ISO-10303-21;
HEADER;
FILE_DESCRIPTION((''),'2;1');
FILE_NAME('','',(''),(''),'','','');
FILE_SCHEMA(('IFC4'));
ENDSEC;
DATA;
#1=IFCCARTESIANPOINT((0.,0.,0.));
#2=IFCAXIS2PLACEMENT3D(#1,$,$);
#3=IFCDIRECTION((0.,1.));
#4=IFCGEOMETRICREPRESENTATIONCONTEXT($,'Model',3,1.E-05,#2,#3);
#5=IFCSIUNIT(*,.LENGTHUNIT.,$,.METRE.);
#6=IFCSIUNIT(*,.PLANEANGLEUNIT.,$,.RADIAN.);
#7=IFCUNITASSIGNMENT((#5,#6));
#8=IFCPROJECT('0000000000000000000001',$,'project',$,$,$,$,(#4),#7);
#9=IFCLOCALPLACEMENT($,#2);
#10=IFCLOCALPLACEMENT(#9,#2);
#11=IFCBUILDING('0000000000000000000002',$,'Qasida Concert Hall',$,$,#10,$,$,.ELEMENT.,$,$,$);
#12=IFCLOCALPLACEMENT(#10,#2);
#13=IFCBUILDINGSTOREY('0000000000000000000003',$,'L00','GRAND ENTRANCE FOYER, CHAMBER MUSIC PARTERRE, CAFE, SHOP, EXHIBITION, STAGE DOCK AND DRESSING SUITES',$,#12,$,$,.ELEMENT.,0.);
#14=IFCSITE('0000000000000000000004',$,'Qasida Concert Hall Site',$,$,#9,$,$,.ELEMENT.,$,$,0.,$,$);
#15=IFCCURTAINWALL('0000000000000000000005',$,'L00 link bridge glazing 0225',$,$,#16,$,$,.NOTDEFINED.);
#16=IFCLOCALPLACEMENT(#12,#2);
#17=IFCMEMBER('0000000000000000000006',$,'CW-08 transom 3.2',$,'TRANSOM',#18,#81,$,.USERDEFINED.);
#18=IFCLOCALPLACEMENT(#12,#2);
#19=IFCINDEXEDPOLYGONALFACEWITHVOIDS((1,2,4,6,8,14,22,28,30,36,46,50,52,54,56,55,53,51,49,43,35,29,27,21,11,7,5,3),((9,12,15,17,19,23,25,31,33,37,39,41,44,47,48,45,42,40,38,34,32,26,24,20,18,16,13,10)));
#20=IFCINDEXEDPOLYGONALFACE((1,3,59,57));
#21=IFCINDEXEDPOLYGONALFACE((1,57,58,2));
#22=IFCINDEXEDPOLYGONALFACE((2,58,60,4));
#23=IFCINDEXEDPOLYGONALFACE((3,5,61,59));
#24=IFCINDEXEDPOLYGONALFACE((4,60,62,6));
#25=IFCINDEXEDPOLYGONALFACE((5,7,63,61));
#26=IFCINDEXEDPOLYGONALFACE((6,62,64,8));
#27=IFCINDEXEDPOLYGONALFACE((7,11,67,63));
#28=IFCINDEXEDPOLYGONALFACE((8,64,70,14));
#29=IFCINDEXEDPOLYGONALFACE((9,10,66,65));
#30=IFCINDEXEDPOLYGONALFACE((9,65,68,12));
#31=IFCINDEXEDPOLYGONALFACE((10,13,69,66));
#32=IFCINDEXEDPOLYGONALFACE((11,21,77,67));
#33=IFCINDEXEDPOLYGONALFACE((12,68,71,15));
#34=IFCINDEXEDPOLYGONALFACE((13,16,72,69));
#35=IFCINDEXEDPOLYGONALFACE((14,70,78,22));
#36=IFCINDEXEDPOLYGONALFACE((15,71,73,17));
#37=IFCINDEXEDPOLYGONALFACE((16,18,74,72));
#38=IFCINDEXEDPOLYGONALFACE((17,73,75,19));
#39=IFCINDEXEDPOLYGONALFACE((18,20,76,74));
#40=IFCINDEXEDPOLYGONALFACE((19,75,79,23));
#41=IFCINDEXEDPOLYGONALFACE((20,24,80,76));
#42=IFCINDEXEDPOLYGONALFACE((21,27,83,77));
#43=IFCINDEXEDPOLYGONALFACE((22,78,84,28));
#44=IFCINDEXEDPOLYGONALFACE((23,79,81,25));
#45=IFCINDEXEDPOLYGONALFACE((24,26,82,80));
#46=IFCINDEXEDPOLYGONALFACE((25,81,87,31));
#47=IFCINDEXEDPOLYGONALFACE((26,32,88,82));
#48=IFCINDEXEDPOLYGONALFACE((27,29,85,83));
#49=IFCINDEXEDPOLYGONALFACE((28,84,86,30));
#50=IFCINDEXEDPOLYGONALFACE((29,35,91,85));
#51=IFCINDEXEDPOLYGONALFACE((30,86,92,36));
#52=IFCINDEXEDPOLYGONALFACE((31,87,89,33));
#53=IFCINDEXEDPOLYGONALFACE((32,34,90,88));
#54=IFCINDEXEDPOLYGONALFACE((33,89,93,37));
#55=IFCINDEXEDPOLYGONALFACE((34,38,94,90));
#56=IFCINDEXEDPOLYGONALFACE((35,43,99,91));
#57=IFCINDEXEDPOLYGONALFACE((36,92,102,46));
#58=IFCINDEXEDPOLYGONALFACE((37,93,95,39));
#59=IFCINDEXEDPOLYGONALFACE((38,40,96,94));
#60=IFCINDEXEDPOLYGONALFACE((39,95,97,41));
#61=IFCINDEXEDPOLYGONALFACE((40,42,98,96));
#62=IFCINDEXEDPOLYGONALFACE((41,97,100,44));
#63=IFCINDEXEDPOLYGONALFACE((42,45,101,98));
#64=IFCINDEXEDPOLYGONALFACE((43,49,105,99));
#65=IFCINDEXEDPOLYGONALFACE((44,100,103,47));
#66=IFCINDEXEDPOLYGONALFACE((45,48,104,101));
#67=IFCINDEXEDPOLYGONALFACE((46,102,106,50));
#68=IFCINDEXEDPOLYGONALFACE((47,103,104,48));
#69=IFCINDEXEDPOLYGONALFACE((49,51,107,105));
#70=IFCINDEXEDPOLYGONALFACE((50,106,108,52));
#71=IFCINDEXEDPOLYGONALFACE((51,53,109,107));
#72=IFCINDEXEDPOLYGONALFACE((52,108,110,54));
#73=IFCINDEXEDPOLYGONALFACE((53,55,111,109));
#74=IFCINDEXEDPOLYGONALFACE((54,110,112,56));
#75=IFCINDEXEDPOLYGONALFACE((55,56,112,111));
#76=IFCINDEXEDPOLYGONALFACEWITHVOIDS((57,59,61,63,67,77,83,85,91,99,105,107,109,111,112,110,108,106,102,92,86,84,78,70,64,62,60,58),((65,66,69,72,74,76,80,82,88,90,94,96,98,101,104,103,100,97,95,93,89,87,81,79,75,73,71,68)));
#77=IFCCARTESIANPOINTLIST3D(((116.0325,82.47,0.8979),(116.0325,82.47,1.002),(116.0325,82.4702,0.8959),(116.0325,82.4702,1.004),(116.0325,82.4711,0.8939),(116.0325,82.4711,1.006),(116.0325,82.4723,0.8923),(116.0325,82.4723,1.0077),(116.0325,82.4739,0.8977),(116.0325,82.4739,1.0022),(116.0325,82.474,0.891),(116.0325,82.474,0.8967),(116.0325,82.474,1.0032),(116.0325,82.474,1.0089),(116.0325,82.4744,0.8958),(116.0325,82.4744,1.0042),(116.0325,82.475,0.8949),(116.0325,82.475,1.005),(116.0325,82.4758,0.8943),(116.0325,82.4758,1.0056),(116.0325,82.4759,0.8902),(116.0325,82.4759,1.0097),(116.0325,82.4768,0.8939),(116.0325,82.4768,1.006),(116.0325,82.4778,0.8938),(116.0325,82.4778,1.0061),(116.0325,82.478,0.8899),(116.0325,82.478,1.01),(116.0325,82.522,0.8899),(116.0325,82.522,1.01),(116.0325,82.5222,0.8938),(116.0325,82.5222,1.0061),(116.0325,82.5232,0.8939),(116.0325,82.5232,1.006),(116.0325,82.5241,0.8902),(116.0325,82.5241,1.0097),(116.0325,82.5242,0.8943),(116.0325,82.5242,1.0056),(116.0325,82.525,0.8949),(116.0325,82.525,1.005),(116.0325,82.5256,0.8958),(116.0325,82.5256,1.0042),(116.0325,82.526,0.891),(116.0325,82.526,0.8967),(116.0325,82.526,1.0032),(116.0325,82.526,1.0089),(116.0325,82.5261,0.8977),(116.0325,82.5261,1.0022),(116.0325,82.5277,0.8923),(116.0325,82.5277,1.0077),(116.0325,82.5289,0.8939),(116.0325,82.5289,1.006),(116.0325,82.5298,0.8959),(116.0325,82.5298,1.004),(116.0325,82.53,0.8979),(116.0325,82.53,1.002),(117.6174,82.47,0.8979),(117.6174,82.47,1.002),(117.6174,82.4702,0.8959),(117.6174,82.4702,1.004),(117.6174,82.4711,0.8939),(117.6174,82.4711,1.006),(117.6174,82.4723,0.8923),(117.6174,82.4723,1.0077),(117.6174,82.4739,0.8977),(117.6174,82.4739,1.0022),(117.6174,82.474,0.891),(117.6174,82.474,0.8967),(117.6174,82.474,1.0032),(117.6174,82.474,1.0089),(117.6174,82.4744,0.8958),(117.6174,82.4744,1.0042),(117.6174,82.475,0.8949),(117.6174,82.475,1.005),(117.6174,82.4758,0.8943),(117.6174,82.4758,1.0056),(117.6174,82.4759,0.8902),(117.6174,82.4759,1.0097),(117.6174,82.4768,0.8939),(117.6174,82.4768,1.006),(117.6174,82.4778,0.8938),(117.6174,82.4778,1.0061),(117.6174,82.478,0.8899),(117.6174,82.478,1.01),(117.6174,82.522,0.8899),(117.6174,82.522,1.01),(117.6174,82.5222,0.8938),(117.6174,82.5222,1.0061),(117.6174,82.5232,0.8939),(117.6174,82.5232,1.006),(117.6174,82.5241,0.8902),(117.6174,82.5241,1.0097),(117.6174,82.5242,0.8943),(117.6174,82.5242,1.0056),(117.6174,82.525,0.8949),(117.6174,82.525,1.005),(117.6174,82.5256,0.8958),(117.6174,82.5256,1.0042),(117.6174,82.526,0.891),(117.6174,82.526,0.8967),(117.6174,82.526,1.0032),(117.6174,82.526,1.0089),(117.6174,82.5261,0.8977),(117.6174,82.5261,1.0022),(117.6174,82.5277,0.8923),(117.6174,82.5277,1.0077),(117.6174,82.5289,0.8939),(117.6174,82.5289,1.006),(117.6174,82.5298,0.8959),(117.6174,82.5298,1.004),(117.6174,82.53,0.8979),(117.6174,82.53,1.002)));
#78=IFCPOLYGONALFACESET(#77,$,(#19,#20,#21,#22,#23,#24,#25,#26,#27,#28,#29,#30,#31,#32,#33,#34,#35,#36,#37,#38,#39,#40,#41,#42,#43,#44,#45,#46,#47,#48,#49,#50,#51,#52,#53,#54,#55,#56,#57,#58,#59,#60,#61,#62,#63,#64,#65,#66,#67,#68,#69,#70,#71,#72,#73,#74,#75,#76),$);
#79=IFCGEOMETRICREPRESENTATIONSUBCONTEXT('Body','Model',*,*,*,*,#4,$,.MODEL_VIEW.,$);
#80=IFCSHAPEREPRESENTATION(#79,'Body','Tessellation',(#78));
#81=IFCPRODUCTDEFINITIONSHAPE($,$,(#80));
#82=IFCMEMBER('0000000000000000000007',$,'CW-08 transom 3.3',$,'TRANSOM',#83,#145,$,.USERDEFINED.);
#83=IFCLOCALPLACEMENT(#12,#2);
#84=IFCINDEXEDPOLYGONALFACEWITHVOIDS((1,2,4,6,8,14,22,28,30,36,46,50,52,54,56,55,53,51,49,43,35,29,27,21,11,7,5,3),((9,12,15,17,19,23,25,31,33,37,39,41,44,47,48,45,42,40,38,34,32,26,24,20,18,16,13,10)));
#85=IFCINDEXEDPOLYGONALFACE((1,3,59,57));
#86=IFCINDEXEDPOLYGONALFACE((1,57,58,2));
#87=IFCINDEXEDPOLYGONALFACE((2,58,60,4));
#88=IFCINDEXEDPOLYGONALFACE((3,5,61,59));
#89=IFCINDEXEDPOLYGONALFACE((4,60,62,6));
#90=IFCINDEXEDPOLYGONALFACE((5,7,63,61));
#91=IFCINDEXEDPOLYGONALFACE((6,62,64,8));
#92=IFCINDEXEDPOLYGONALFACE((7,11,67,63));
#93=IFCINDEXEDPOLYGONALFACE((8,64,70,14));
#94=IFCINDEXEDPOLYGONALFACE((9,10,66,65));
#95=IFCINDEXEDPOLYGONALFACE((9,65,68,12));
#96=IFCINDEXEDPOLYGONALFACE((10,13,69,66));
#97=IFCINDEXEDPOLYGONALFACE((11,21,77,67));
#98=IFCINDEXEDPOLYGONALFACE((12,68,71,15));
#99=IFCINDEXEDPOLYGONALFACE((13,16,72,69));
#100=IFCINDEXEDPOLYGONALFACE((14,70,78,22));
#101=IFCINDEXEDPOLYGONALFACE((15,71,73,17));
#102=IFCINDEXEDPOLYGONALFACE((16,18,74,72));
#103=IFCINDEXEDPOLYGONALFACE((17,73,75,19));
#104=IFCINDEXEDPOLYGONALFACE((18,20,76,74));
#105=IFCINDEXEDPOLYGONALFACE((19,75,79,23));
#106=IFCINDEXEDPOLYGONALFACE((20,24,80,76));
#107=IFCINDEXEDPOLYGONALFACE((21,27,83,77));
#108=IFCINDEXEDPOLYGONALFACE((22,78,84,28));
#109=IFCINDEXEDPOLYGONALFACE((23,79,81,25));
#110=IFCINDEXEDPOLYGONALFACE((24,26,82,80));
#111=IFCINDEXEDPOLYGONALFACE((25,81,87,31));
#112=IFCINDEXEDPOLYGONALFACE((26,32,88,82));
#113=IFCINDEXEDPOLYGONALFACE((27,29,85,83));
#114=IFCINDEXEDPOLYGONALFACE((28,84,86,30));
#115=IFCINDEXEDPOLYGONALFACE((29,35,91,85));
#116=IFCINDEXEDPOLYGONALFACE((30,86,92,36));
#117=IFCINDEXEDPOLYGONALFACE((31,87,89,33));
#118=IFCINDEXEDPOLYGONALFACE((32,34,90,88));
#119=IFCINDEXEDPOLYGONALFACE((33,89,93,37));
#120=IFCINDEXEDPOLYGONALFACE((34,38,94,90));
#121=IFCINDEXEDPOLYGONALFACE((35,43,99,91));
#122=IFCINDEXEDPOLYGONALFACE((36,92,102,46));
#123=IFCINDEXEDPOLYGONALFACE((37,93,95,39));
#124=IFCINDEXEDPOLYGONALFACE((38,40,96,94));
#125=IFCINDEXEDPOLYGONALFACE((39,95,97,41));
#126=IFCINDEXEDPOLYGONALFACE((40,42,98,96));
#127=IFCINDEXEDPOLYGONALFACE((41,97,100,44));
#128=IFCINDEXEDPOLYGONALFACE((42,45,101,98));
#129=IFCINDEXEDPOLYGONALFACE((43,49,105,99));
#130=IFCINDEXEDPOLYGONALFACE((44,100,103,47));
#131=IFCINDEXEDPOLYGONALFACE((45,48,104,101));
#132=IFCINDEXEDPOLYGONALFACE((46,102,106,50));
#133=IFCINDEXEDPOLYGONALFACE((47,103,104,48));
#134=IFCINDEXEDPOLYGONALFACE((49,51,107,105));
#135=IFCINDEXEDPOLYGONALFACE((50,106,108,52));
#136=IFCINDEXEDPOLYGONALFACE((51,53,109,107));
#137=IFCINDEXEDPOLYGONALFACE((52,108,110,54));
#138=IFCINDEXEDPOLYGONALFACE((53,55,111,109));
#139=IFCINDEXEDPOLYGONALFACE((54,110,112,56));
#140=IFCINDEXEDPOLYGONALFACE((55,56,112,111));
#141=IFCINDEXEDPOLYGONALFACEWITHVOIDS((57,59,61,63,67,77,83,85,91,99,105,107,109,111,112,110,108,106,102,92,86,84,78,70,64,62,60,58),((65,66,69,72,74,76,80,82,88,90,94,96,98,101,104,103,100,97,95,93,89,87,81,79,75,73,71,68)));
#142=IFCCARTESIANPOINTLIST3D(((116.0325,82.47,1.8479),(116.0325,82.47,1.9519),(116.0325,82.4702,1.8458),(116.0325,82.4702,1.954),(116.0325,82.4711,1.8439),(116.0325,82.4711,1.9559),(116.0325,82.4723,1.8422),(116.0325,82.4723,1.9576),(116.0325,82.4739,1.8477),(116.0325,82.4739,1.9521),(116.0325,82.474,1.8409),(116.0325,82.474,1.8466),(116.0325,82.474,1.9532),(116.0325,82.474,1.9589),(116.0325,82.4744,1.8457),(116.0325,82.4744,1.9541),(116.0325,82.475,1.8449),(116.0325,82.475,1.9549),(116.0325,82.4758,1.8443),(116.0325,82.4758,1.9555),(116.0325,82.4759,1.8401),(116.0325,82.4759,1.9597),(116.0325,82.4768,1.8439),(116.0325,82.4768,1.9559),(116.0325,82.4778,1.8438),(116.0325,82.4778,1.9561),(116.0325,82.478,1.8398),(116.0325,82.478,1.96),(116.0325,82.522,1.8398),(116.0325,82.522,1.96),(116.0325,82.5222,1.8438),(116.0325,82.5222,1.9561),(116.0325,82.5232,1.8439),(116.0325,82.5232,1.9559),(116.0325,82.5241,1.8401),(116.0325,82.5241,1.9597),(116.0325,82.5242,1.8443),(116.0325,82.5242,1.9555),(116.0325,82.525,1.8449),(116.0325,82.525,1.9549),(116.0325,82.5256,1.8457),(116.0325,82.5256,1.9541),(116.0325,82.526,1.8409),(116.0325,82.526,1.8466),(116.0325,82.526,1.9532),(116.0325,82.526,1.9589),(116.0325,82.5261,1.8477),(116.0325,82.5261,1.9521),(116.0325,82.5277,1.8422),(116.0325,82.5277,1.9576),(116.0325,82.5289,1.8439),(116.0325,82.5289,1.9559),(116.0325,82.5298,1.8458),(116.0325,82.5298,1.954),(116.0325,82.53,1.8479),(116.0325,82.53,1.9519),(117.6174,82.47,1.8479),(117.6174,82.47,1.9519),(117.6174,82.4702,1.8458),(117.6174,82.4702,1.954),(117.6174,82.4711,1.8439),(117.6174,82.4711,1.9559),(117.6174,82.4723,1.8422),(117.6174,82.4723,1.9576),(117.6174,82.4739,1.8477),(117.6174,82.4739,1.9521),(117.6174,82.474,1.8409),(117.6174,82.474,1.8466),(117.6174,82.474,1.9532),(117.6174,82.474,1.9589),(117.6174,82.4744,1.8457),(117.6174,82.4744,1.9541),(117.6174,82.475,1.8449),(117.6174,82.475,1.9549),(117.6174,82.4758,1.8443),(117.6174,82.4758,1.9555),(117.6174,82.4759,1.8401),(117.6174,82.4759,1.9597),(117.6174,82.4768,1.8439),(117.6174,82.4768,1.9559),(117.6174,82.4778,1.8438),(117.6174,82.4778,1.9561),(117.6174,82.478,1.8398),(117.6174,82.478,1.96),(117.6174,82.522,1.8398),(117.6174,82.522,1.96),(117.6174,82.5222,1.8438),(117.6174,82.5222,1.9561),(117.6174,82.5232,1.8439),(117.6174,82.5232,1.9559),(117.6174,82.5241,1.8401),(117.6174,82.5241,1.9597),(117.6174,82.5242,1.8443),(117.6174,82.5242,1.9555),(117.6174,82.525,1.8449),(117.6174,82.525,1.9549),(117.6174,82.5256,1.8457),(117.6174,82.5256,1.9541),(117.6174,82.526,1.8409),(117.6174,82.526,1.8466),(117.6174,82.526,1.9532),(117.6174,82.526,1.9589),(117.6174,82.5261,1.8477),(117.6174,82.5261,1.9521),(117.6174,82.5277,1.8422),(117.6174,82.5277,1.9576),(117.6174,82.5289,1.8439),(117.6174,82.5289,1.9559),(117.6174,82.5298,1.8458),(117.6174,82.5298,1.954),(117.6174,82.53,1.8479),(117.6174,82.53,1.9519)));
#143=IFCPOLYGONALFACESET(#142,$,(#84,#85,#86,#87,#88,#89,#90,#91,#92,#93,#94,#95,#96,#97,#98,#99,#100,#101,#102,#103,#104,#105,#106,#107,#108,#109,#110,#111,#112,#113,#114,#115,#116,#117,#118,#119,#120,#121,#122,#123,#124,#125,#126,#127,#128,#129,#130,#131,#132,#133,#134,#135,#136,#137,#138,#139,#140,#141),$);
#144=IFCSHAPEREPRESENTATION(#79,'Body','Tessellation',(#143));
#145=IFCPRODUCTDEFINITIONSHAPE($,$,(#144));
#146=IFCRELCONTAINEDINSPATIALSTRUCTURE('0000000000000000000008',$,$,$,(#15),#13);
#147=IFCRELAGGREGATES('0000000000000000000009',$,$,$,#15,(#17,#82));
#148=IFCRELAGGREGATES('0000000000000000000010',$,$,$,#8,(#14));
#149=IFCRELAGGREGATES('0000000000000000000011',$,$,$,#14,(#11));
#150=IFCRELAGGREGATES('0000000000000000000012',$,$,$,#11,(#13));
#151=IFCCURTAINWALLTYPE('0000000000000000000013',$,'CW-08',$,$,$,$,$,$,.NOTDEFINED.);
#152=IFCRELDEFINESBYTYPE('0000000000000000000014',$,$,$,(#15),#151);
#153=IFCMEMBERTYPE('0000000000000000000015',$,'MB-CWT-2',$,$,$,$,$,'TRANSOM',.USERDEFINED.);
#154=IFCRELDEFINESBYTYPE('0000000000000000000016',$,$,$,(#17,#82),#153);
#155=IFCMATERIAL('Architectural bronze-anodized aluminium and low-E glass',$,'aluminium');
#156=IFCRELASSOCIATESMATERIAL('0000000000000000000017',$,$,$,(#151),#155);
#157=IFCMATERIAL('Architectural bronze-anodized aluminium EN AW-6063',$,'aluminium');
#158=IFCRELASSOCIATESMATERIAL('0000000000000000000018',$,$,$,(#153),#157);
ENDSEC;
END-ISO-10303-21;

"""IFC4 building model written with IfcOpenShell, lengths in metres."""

from ifc_helpers import new_model, si_unit, direction, frame, origin, origin_2d, place, context, subcontext, project, spatial, hollow_rectangle, extrude, material, material_profile, profile_set, type_object, element, aggregate, save


model = new_model("IFC4")

# Units and contexts
model_context = context("Model", 3, precision=1e-05, world=origin(), true_north=direction((0.0, 1.0)))
body_context = subcontext(model_context, "Body", "Model", "MODEL_VIEW")
ifc_project = project(units=[si_unit("LENGTHUNIT", "METRE"), si_unit("PLANEANGLEUNIT", "RADIAN")], contexts=[model_context])

# Site, building, storey
site_placement = place(None, origin())
site = spatial("IfcSite", under=ifc_project, at=site_placement, Name="Qasida Concert Hall Site", CompositionType="ELEMENT", RefElevation=0.0)
building_placement = place(site_placement, origin())
building = spatial("IfcBuilding", under=site, at=building_placement, Name="Qasida Concert Hall", CompositionType="ELEMENT")
storey_placement = place(building_placement, origin())
storey = spatial("IfcBuildingStorey", under=building, at=storey_placement, Name="L00", Description="GRAND ENTRANCE FOYER, CHAMBER MUSIC PARTERRE, CAFE, SHOP, EXHIBITION, STAGE DOCK AND DRESSING SUITES", CompositionType="ELEMENT", Elevation=0.0)

# Curtain wall, members
ifc_material_1 = material(Name="Architectural bronze-anodized aluminium and low-E glass", Category="aluminium")
curtain_wall_type = type_object("IfcCurtainWallType", Name="CW-08", PredefinedType="NOTDEFINED", material=ifc_material_1)
curtain_wall_placement = place(storey_placement, origin())
curtain_wall = element("IfcCurtainWall", 1, at=curtain_wall_placement, inside=storey, type_object=curtain_wall_type, Name="L00 link bridge glazing 0225", PredefinedType="NOTDEFINED")
ifc_material_2 = material(Name="Architectural bronze-anodized aluminium EN AW-6063", Category="aluminium")
ifc_material_profile_1 = material_profile(ifc_material_2, hollow_rectangle(XDim=0.0601, YDim=0.1201, WallThickness=0.0039, InnerFilletRadius=0.0039, OuterFilletRadius=0.0081, at=origin_2d()), Name="CWT 120x60x4")
ifc_profile_set_1 = profile_set([ifc_material_profile_1], Name="Architectural bronze-anodized aluminium EN AW-6063")
member_type_1 = type_object("IfcMemberType", Name="MB-CWT-2", ElementType="TRANSOM", PredefinedType="USERDEFINED", material=ifc_profile_set_1)
member_1_placement = place(storey_placement, frame((116.0325, 82.5, 0.95), z_axis=(1.0, 0.0, 0.0), x_axis=(0.0, 1.0, 0.0)))
member_1 = element("IfcMember", 2, at=member_1_placement, type_object=member_type_1, Name="CW-08 transom 3.2", ObjectType="TRANSOM", PredefinedType="USERDEFINED", context=body_context, shape_type="SweptSolid", body=[
    extrude(hollow_rectangle(XDim=0.0601, YDim=0.1201, WallThickness=0.0039, InnerFilletRadius=0.0039, OuterFilletRadius=0.0081, at=origin_2d()), origin(), (0.0, 0.0, 1.0), 1.585),
])
member_2_placement = place(storey_placement, frame((116.0325, 82.5, 1.8999), z_axis=(1.0, 0.0, 0.0), x_axis=(0.0, 1.0, 0.0)))
member_2 = element("IfcMember", 3, at=member_2_placement, type_object=member_type_1, Name="CW-08 transom 3.3", ObjectType="TRANSOM", PredefinedType="USERDEFINED", context=body_context, shape_type="SweptSolid", body=[
    extrude(hollow_rectangle(XDim=0.0601, YDim=0.1201, WallThickness=0.0039, InnerFilletRadius=0.0039, OuterFilletRadius=0.0081, at=origin_2d()), origin(), (0.0, 0.0, 1.0), 1.585),
])
aggregate(curtain_wall, [member_1, member_2])

save(model, "model.ifc")
